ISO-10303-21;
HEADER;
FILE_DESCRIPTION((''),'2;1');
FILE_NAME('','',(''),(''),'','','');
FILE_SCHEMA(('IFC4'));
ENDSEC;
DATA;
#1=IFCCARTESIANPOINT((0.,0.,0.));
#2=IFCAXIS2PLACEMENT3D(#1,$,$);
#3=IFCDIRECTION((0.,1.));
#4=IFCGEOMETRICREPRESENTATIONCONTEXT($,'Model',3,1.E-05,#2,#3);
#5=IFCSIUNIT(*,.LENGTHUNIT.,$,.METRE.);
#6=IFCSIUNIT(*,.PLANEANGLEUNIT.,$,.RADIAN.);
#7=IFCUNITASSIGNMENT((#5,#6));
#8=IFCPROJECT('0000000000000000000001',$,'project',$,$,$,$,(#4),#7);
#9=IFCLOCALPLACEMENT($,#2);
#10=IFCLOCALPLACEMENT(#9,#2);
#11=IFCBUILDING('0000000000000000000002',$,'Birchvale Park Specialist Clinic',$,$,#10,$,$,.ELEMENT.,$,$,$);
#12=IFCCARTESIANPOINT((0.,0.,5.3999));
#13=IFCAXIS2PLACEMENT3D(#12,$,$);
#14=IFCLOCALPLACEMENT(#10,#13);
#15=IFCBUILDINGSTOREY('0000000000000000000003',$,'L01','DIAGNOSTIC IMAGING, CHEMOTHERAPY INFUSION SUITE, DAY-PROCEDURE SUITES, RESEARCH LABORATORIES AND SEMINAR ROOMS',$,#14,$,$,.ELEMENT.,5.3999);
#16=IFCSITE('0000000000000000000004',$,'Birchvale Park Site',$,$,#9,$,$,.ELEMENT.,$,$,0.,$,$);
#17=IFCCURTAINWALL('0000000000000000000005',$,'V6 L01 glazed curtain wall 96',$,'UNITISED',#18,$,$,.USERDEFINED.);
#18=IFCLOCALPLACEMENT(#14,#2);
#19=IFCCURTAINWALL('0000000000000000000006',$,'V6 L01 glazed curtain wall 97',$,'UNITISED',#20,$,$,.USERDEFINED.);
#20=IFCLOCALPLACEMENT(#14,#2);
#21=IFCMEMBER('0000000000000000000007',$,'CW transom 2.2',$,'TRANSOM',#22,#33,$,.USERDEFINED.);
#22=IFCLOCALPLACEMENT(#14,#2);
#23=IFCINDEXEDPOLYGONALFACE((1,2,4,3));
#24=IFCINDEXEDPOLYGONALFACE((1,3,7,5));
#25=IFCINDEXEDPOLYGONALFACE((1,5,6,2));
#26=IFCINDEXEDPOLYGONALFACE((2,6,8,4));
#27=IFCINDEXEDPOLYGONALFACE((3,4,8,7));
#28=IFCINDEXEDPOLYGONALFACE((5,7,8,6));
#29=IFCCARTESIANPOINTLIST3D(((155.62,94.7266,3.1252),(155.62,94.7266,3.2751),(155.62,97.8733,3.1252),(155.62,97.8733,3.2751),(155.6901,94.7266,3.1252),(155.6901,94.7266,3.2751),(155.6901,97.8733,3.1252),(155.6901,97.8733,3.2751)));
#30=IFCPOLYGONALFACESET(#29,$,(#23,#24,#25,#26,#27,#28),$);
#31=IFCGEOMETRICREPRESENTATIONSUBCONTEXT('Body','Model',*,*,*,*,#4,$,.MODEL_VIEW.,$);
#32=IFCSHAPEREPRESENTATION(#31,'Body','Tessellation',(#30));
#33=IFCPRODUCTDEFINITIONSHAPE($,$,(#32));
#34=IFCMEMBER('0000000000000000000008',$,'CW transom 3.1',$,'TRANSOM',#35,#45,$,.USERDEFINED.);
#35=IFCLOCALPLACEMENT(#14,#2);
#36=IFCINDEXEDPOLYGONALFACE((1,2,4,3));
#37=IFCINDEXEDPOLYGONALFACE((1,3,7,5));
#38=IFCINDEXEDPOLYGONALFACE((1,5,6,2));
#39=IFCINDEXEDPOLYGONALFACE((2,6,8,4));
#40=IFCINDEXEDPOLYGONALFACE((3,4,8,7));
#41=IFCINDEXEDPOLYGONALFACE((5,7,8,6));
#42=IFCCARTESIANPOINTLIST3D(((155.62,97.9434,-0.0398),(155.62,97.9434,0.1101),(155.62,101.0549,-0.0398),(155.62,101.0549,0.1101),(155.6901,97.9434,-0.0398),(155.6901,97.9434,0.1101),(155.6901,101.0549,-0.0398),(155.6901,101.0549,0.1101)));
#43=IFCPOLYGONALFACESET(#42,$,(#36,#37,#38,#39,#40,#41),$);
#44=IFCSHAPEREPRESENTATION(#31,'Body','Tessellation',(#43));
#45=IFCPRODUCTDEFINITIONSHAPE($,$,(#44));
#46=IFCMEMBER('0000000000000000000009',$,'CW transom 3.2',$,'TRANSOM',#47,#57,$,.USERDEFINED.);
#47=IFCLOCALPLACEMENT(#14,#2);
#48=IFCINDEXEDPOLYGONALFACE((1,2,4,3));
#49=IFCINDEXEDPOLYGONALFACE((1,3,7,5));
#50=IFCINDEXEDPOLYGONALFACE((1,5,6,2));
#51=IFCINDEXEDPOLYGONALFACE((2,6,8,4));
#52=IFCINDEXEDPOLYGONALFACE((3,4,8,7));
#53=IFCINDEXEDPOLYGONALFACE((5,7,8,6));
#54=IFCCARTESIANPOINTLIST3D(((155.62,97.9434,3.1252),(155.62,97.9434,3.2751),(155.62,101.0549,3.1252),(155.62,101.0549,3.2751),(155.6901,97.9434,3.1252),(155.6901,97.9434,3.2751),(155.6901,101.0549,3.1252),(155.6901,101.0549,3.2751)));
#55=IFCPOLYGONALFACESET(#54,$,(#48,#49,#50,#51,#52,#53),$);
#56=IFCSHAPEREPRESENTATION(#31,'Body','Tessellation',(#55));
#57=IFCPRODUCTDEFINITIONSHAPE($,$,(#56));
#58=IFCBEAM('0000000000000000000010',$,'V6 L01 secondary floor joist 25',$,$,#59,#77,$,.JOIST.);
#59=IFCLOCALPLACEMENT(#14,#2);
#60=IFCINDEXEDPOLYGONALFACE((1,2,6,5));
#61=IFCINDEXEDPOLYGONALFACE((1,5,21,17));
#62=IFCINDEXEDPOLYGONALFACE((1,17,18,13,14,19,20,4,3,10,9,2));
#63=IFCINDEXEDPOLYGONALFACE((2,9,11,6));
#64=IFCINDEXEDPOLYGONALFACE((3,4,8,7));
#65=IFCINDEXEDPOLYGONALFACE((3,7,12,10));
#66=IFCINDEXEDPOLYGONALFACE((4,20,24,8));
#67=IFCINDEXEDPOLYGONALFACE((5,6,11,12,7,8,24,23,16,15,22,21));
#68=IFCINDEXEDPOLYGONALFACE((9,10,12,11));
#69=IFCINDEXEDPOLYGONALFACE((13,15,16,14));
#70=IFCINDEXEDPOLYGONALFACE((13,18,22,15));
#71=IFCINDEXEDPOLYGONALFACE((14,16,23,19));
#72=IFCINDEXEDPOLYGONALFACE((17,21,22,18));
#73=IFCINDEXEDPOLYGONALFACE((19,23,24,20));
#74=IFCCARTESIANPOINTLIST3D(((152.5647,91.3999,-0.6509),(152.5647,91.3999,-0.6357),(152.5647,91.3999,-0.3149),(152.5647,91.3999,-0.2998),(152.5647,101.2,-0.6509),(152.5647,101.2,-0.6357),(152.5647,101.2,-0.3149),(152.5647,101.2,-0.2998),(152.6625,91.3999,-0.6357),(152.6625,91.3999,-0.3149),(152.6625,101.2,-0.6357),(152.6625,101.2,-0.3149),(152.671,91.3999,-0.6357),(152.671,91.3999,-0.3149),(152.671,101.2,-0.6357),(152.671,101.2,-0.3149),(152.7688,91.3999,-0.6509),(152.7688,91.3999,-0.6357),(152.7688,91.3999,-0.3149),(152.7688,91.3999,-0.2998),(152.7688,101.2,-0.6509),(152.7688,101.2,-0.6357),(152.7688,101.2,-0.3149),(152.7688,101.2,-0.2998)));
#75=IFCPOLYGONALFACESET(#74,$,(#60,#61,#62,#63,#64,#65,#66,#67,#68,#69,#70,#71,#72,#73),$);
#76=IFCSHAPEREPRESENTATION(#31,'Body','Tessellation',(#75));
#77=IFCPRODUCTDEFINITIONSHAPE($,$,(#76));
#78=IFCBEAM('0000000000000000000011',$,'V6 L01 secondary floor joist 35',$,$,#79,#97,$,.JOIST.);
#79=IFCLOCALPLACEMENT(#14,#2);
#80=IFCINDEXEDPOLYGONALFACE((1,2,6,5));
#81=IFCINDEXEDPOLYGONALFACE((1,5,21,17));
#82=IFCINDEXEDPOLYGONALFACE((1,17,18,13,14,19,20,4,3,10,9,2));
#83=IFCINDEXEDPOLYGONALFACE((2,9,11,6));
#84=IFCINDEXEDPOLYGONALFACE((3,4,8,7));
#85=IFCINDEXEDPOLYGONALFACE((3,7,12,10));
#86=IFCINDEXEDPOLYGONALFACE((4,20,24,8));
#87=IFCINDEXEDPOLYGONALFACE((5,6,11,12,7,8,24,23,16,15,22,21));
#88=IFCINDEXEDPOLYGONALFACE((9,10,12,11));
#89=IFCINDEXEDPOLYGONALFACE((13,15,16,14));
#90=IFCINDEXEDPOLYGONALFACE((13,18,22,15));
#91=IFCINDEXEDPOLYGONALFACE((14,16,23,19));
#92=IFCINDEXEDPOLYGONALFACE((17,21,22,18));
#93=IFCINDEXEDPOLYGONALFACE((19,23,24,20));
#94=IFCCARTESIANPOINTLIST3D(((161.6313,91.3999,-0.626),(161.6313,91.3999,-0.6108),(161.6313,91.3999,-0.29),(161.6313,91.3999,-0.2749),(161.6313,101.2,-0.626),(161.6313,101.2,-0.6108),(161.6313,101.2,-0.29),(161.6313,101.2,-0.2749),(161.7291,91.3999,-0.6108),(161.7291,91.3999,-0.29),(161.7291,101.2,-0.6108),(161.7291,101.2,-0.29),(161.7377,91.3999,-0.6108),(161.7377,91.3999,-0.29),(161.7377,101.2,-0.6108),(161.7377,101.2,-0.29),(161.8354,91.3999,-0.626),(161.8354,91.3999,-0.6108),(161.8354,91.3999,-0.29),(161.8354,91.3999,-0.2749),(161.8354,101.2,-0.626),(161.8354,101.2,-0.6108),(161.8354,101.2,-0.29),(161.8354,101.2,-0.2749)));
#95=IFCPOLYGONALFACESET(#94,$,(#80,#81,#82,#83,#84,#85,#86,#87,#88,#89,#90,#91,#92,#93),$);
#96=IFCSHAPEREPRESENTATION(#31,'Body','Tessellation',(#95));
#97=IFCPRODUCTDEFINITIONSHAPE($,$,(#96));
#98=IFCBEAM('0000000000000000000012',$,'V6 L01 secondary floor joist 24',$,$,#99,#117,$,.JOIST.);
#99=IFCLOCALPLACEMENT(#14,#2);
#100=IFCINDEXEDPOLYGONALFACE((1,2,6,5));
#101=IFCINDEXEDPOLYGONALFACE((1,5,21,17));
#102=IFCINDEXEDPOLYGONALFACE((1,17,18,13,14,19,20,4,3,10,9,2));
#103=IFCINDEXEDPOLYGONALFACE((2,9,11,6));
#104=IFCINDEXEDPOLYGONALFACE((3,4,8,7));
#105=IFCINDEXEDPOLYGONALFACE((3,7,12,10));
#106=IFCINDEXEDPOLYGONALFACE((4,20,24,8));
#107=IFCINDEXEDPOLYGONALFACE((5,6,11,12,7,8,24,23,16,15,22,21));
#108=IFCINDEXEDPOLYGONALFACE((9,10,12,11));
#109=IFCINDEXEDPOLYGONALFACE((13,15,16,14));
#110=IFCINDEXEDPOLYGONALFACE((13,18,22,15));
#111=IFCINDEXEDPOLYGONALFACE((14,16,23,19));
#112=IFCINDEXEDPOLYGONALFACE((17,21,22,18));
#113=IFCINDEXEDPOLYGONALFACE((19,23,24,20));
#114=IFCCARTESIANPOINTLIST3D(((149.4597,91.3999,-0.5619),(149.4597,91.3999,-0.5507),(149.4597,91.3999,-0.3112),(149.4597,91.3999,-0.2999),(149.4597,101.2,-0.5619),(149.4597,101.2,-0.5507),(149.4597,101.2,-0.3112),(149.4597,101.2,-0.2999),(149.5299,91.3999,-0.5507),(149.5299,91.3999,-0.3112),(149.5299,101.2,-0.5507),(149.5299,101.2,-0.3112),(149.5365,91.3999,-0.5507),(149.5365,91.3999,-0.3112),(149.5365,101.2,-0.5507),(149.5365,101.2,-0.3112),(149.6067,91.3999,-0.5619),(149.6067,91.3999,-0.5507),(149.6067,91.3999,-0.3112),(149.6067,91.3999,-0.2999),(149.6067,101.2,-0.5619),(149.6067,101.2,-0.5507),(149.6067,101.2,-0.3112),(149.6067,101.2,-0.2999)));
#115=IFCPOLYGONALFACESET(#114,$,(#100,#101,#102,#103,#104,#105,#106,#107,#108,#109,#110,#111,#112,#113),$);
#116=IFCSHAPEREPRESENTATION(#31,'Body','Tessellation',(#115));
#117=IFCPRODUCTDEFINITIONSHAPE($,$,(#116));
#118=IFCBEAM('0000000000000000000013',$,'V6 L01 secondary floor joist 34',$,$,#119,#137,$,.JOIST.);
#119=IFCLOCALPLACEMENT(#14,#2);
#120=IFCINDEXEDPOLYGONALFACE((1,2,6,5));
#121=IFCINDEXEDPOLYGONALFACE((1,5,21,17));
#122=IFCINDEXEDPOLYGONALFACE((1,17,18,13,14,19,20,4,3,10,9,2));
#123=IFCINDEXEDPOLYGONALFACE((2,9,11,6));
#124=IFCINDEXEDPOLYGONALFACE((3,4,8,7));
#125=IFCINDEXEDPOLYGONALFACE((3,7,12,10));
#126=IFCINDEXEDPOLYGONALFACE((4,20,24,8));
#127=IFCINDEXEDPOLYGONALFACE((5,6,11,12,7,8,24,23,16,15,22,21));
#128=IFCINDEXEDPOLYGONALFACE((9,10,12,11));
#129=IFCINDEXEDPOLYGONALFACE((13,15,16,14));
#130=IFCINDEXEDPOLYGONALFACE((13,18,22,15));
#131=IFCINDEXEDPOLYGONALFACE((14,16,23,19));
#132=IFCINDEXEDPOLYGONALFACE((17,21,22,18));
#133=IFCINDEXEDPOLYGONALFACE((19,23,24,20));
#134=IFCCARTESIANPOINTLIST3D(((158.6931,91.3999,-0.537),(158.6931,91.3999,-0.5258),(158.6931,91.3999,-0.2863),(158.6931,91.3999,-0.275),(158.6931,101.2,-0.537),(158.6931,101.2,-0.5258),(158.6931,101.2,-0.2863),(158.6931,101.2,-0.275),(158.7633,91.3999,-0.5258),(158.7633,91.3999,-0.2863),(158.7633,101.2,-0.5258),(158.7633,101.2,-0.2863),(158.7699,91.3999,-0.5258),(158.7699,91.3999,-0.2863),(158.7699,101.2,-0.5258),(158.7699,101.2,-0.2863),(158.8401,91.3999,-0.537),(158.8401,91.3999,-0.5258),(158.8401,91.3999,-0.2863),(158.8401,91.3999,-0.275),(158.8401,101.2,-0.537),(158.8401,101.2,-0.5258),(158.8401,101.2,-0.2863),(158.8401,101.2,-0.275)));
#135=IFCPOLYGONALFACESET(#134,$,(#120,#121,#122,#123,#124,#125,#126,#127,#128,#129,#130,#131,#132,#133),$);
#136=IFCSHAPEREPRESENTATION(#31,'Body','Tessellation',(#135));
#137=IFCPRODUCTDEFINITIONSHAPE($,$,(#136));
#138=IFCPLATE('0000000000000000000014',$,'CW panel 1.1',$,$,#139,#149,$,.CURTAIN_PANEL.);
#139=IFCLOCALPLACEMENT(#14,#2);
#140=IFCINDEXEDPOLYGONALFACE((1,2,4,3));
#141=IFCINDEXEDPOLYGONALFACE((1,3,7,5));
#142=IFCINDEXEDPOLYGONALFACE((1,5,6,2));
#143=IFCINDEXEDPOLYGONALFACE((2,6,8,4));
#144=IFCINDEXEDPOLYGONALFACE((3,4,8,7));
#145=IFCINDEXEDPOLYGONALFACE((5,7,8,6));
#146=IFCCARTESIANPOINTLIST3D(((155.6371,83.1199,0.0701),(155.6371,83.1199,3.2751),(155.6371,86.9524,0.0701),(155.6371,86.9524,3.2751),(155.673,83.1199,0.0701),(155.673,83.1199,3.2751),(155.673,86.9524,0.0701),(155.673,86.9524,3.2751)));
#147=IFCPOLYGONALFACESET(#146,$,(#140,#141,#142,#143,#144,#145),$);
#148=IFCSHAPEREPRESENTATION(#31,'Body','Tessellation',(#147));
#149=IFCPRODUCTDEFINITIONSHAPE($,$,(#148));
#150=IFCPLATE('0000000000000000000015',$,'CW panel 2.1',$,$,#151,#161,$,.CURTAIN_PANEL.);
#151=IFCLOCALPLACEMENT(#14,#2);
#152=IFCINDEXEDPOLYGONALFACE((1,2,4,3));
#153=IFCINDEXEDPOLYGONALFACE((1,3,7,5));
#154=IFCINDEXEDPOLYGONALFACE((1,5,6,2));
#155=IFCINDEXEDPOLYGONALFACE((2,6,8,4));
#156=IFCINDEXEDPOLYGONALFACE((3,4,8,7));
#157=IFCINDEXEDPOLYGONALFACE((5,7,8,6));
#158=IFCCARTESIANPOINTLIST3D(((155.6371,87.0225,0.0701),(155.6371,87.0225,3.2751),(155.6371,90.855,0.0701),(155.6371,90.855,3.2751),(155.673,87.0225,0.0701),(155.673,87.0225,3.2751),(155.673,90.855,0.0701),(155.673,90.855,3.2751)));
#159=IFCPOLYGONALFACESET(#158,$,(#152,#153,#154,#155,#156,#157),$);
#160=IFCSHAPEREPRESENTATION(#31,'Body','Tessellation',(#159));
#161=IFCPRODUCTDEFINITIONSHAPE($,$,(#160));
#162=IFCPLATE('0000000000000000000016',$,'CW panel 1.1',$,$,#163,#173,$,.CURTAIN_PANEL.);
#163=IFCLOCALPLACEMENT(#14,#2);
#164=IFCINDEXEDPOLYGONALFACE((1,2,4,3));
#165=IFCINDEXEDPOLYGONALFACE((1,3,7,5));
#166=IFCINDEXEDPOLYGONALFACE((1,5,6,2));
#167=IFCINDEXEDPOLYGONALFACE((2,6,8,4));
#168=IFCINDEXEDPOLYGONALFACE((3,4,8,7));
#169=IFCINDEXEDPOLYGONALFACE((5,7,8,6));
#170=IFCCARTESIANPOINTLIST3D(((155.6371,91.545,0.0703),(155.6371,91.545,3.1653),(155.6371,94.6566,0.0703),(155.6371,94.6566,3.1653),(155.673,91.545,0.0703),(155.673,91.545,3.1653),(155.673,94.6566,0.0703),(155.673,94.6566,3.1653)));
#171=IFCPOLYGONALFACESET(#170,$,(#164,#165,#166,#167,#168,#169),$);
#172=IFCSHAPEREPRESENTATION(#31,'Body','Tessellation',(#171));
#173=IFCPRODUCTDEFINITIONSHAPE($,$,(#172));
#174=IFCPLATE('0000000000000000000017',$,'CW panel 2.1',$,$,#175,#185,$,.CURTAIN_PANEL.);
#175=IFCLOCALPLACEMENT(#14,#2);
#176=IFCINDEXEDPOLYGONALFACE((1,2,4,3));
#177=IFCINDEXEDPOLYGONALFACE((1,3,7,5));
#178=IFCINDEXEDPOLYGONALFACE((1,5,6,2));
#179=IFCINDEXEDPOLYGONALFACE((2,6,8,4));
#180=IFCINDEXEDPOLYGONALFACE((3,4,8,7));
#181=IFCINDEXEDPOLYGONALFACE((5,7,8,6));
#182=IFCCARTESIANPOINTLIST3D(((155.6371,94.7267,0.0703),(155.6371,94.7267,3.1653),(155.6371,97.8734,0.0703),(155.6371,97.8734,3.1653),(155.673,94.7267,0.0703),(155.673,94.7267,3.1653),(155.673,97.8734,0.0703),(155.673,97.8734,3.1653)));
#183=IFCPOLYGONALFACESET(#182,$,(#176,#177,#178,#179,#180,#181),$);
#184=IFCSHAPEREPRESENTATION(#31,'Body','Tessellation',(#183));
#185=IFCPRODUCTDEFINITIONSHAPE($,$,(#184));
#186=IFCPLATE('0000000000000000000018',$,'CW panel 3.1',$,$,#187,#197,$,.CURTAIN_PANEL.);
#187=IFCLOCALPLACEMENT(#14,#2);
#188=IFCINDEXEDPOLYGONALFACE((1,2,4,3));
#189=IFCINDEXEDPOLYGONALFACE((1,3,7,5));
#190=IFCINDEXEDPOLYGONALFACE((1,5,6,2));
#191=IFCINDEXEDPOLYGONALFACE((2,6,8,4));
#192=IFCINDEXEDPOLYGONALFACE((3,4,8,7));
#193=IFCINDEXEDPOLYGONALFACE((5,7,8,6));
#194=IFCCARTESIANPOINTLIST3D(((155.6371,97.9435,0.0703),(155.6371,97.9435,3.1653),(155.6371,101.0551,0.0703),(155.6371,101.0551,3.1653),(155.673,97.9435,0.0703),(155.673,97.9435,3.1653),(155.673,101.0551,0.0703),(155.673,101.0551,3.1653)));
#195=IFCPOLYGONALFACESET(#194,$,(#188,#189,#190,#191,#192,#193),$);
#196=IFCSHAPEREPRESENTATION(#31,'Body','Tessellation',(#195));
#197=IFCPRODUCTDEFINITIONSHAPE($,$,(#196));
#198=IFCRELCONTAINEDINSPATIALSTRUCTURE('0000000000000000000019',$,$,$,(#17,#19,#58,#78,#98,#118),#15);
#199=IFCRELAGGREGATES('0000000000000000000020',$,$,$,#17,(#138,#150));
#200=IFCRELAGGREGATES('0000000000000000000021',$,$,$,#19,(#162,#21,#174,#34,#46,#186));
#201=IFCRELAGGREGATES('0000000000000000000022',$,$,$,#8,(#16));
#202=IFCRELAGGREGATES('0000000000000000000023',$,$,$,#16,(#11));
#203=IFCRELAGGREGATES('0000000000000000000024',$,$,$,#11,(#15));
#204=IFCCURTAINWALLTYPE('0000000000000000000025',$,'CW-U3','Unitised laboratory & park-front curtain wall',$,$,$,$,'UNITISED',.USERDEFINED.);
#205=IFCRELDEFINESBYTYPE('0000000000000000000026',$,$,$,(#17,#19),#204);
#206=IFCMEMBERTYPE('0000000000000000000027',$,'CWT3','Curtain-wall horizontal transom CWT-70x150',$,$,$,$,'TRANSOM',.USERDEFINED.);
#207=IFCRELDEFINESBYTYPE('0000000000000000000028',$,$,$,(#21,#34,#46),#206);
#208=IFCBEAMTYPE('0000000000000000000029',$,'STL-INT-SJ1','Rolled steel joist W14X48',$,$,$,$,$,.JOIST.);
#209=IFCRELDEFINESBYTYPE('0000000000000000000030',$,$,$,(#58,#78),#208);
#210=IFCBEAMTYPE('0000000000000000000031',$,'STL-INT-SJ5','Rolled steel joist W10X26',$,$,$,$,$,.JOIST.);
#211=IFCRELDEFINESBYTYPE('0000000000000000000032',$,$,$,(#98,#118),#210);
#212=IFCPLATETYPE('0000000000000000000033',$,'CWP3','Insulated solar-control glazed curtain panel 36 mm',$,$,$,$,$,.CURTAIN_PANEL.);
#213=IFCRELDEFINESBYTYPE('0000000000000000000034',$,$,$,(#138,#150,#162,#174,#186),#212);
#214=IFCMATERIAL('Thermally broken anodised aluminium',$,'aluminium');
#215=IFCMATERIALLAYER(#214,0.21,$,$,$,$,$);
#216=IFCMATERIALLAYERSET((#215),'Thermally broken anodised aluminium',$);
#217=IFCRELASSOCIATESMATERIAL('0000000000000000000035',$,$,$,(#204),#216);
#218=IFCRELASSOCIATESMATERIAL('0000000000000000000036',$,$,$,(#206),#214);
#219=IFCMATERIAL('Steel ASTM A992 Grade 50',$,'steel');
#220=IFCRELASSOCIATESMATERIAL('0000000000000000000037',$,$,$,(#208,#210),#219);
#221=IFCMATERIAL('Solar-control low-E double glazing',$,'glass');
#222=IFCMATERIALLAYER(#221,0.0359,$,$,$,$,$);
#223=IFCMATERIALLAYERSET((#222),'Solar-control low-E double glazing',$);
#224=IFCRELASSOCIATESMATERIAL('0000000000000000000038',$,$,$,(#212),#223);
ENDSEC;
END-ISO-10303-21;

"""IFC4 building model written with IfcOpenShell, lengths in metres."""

from ifc_helpers import new_model, si_unit, direction, frame, origin, origin_2d, place, context, subcontext, project, spatial, rectangle, i_section, extrude, material, layer, layer_set, material_profile, profile_set, type_object, element, aggregate, save


model = new_model("IFC4")

# Units and contexts
model_context = context("Model", 3, precision=1e-05, world=origin(), true_north=direction((0.0, 1.0)))
body_context = subcontext(model_context, "Body", "Model", "MODEL_VIEW")
ifc_project = project(units=[si_unit("LENGTHUNIT", "METRE"), si_unit("PLANEANGLEUNIT", "RADIAN")], contexts=[model_context])

# Site, building, storey
site_placement = place(None, origin())
site = spatial("IfcSite", under=ifc_project, at=site_placement, Name="Birchvale Park Site", CompositionType="ELEMENT", RefElevation=0.0)
building_placement = place(site_placement, origin())
building = spatial("IfcBuilding", under=site, at=building_placement, Name="Birchvale Park Specialist Clinic", CompositionType="ELEMENT")
storey_placement = place(building_placement, frame((0.0, 0.0, 5.3999)))
storey = spatial("IfcBuildingStorey", under=building, at=storey_placement, Name="L01", Description="DIAGNOSTIC IMAGING, CHEMOTHERAPY INFUSION SUITE, DAY-PROCEDURE SUITES, RESEARCH LABORATORIES AND SEMINAR ROOMS", CompositionType="ELEMENT", Elevation=5.3999)

# Curtain walls
ifc_material_1 = material(Name="Thermally broken anodised aluminium", Category="aluminium")
ifc_layer_1 = layer(ifc_material_1, 0.21)
ifc_layer_set_1 = layer_set([ifc_layer_1], Name="Thermally broken anodised aluminium")
curtain_wall_type = type_object("IfcCurtainWallType", Name="CW-U3", Description="Unitised laboratory & park-front curtain wall", ElementType="UNITISED", PredefinedType="USERDEFINED", material=ifc_layer_set_1)
curtain_wall_1_placement = place(storey_placement, origin())
curtain_wall_1 = element("IfcCurtainWall", 1, at=curtain_wall_1_placement, inside=storey, type_object=curtain_wall_type, Name="V6 L01 glazed curtain wall 96", ObjectType="UNITISED", PredefinedType="USERDEFINED")
curtain_wall_2_placement = place(storey_placement, origin())
curtain_wall_2 = element("IfcCurtainWall", 2, at=curtain_wall_2_placement, inside=storey, type_object=curtain_wall_type, Name="V6 L01 glazed curtain wall 97", ObjectType="UNITISED", PredefinedType="USERDEFINED")

# Members
ifc_material_profile_1 = material_profile(ifc_material_1, rectangle(XDim=0.0701, YDim=0.1499, at=origin_2d()), Name="CWT-70x150")
ifc_profile_set_1 = profile_set([ifc_material_profile_1], Name="Thermally broken anodised aluminium")
member_type_1 = type_object("IfcMemberType", Name="CWT3", Description="Curtain-wall horizontal transom CWT-70x150", ElementType="TRANSOM", PredefinedType="USERDEFINED", material=ifc_profile_set_1)
member_1_placement = place(storey_placement, frame((155.655, 94.7266, 3.2002), z_axis=(0.0, 1.0, 0.0), x_axis=(-1.0, 0.0, 0.0)))
member_1 = element("IfcMember", 3, at=member_1_placement, type_object=member_type_1, Name="CW transom 2.2", ObjectType="TRANSOM", PredefinedType="USERDEFINED", context=body_context, shape_type="SweptSolid", body=[
    extrude(rectangle(XDim=0.0701, YDim=0.1499, at=origin_2d()), origin(), (0.0, 0.0, 1.0), 3.1467),
])
member_2_placement = place(storey_placement, frame((155.655, 97.9434, 0.0352), z_axis=(0.0, 1.0, 0.0), x_axis=(-1.0, 0.0, 0.0)))
member_2 = element("IfcMember", 4, at=member_2_placement, type_object=member_type_1, Name="CW transom 3.1", ObjectType="TRANSOM", PredefinedType="USERDEFINED", context=body_context, shape_type="SweptSolid", body=[
    extrude(rectangle(XDim=0.0701, YDim=0.1499, at=origin_2d()), origin(), (0.0, 0.0, 1.0), 3.1116),
])
member_3_placement = place(storey_placement, frame((155.655, 97.9434, 3.2002), z_axis=(0.0, 1.0, 0.0), x_axis=(-1.0, 0.0, 0.0)))
member_3 = element("IfcMember", 5, at=member_3_placement, type_object=member_type_1, Name="CW transom 3.2", ObjectType="TRANSOM", PredefinedType="USERDEFINED", context=body_context, shape_type="SweptSolid", body=[
    extrude(rectangle(XDim=0.0701, YDim=0.1499, at=origin_2d()), origin(), (0.0, 0.0, 1.0), 3.1116),
])

# Beams
ifc_material_2 = material(Name="Steel ASTM A992 Grade 50", Category="steel")
ifc_material_profile_2 = material_profile(ifc_material_2, i_section(OverallWidth=0.2041, OverallDepth=0.3511, WebThickness=0.0085, FlangeThickness=0.0151, at=origin_2d()), Name="W14X48")
ifc_profile_set_2 = profile_set([ifc_material_profile_2], Name="Steel ASTM A992 Grade 50")
beam_type_1 = type_object("IfcBeamType", Name="STL-INT-SJ1", Description="Rolled steel joist W14X48", PredefinedType="JOIST", material=ifc_profile_set_2)
for number, where, z_axis, x_axis, name in (
    (6, (152.6667, 91.3999, -0.4753), (0.0, 1.0, 0.0), (-1.0, 0.0, 0.0), "V6 L01 secondary floor joist 25"),
    (7, (161.7334, 91.3999, -0.4504), (0.0, 1.0, 0.0), (-1.0, 0.0, 0.0), "V6 L01 secondary floor joist 35"),
):
    element("IfcBeam", number, at=place(storey_placement, frame(where, z_axis=z_axis, x_axis=x_axis)), inside=storey, type_object=beam_type_1, Name=name, PredefinedType="JOIST", context=body_context, shape_type="SweptSolid", body=[
        extrude(i_section(OverallWidth=0.2041, OverallDepth=0.3511, WebThickness=0.0085, FlangeThickness=0.0151, at=origin_2d()), origin(), (0.0, 0.0, 1.0), 9.8),
    ])
ifc_material_profile_3 = material_profile(ifc_material_2, i_section(OverallWidth=0.147, OverallDepth=0.262, WebThickness=0.0066, FlangeThickness=0.0112, at=origin_2d()), Name="W10X26")
ifc_profile_set_3 = profile_set([ifc_material_profile_3], Name="Steel ASTM A992 Grade 50")
beam_type_2 = type_object("IfcBeamType", Name="STL-INT-SJ5", Description="Rolled steel joist W10X26", PredefinedType="JOIST", material=ifc_profile_set_3)
for number, where, z_axis, x_axis, name in (
    (8, (149.5332, 91.3999, -0.4309), (0.0, 1.0, 0.0), (-1.0, 0.0, 0.0), "V6 L01 secondary floor joist 24"),
    (9, (158.7666, 91.3999, -0.406), (0.0, 1.0, 0.0), (-1.0, 0.0, 0.0), "V6 L01 secondary floor joist 34"),
):
    element("IfcBeam", number, at=place(storey_placement, frame(where, z_axis=z_axis, x_axis=x_axis)), inside=storey, type_object=beam_type_2, Name=name, PredefinedType="JOIST", context=body_context, shape_type="SweptSolid", body=[
        extrude(i_section(OverallWidth=0.147, OverallDepth=0.262, WebThickness=0.0066, FlangeThickness=0.0112, at=origin_2d()), origin(), (0.0, 0.0, 1.0), 9.8),
    ])

# Plates
ifc_material_3 = material(Name="Solar-control low-E double glazing", Category="glass")
ifc_layer_2 = layer(ifc_material_3, 0.0359)
ifc_layer_set_2 = layer_set([ifc_layer_2], Name="Solar-control low-E double glazing")
plate_type = type_object("IfcPlateType", Name="CWP3", Description="Insulated solar-control glazed curtain panel 36 mm", PredefinedType="CURTAIN_PANEL", material=ifc_layer_set_2)
plate_1_placement = place(storey_placement, frame((155.655, 85.0361, 0.0701), z_axis=(0.0, 0.0, 1.0), x_axis=(0.0, 1.0, 0.0)))
plate_1 = element("IfcPlate", 10, at=plate_1_placement, type_object=plate_type, Name="CW panel 1.1", PredefinedType="CURTAIN_PANEL", context=body_context, shape_type="SweptSolid", body=[
    extrude(rectangle(XDim=3.8325, YDim=0.0359, at=origin_2d()), origin(), (0.0, 0.0, 1.0), 3.2051),
])
plate_2_placement = place(storey_placement, frame((155.655, 88.9387, 0.0701), z_axis=(0.0, 0.0, 1.0), x_axis=(0.0, 1.0, 0.0)))
plate_2 = element("IfcPlate", 11, at=plate_2_placement, type_object=plate_type, Name="CW panel 2.1", PredefinedType="CURTAIN_PANEL", context=body_context, shape_type="SweptSolid", body=[
    extrude(rectangle(XDim=3.8325, YDim=0.0359, at=origin_2d()), origin(), (0.0, 0.0, 1.0), 3.2051),
])
aggregate(curtain_wall_1, [plate_1, plate_2])
plate_3_placement = place(storey_placement, frame((155.655, 93.1008, 0.0703), z_axis=(0.0, 0.0, 1.0), x_axis=(0.0, 1.0, 0.0)))
plate_3 = element("IfcPlate", 12, at=plate_3_placement, type_object=plate_type, Name="CW panel 1.1", PredefinedType="CURTAIN_PANEL", context=body_context, shape_type="SweptSolid", body=[
    extrude(rectangle(XDim=3.1116, YDim=0.0359, at=origin_2d()), origin(), (0.0, 0.0, 1.0), 3.095),
])
plate_4_placement = place(storey_placement, frame((155.655, 96.3, 0.0703), z_axis=(0.0, 0.0, 1.0), x_axis=(0.0, 1.0, 0.0)))
plate_4 = element("IfcPlate", 13, at=plate_4_placement, type_object=plate_type, Name="CW panel 2.1", PredefinedType="CURTAIN_PANEL", context=body_context, shape_type="SweptSolid", body=[
    extrude(rectangle(XDim=3.1467, YDim=0.0359, at=origin_2d()), origin(), (0.0, 0.0, 1.0), 3.095),
])
plate_5_placement = place(storey_placement, frame((155.655, 99.4993, 0.0703), z_axis=(0.0, 0.0, 1.0), x_axis=(0.0, 1.0, 0.0)))
plate_5 = element("IfcPlate", 14, at=plate_5_placement, type_object=plate_type, Name="CW panel 3.1", PredefinedType="CURTAIN_PANEL", context=body_context, shape_type="SweptSolid", body=[
    extrude(rectangle(XDim=3.1116, YDim=0.0359, at=origin_2d()), origin(), (0.0, 0.0, 1.0), 3.095),
])
aggregate(curtain_wall_2, [plate_3, member_1, plate_4, member_2, member_3, plate_5])

save(model, "model.ifc")
